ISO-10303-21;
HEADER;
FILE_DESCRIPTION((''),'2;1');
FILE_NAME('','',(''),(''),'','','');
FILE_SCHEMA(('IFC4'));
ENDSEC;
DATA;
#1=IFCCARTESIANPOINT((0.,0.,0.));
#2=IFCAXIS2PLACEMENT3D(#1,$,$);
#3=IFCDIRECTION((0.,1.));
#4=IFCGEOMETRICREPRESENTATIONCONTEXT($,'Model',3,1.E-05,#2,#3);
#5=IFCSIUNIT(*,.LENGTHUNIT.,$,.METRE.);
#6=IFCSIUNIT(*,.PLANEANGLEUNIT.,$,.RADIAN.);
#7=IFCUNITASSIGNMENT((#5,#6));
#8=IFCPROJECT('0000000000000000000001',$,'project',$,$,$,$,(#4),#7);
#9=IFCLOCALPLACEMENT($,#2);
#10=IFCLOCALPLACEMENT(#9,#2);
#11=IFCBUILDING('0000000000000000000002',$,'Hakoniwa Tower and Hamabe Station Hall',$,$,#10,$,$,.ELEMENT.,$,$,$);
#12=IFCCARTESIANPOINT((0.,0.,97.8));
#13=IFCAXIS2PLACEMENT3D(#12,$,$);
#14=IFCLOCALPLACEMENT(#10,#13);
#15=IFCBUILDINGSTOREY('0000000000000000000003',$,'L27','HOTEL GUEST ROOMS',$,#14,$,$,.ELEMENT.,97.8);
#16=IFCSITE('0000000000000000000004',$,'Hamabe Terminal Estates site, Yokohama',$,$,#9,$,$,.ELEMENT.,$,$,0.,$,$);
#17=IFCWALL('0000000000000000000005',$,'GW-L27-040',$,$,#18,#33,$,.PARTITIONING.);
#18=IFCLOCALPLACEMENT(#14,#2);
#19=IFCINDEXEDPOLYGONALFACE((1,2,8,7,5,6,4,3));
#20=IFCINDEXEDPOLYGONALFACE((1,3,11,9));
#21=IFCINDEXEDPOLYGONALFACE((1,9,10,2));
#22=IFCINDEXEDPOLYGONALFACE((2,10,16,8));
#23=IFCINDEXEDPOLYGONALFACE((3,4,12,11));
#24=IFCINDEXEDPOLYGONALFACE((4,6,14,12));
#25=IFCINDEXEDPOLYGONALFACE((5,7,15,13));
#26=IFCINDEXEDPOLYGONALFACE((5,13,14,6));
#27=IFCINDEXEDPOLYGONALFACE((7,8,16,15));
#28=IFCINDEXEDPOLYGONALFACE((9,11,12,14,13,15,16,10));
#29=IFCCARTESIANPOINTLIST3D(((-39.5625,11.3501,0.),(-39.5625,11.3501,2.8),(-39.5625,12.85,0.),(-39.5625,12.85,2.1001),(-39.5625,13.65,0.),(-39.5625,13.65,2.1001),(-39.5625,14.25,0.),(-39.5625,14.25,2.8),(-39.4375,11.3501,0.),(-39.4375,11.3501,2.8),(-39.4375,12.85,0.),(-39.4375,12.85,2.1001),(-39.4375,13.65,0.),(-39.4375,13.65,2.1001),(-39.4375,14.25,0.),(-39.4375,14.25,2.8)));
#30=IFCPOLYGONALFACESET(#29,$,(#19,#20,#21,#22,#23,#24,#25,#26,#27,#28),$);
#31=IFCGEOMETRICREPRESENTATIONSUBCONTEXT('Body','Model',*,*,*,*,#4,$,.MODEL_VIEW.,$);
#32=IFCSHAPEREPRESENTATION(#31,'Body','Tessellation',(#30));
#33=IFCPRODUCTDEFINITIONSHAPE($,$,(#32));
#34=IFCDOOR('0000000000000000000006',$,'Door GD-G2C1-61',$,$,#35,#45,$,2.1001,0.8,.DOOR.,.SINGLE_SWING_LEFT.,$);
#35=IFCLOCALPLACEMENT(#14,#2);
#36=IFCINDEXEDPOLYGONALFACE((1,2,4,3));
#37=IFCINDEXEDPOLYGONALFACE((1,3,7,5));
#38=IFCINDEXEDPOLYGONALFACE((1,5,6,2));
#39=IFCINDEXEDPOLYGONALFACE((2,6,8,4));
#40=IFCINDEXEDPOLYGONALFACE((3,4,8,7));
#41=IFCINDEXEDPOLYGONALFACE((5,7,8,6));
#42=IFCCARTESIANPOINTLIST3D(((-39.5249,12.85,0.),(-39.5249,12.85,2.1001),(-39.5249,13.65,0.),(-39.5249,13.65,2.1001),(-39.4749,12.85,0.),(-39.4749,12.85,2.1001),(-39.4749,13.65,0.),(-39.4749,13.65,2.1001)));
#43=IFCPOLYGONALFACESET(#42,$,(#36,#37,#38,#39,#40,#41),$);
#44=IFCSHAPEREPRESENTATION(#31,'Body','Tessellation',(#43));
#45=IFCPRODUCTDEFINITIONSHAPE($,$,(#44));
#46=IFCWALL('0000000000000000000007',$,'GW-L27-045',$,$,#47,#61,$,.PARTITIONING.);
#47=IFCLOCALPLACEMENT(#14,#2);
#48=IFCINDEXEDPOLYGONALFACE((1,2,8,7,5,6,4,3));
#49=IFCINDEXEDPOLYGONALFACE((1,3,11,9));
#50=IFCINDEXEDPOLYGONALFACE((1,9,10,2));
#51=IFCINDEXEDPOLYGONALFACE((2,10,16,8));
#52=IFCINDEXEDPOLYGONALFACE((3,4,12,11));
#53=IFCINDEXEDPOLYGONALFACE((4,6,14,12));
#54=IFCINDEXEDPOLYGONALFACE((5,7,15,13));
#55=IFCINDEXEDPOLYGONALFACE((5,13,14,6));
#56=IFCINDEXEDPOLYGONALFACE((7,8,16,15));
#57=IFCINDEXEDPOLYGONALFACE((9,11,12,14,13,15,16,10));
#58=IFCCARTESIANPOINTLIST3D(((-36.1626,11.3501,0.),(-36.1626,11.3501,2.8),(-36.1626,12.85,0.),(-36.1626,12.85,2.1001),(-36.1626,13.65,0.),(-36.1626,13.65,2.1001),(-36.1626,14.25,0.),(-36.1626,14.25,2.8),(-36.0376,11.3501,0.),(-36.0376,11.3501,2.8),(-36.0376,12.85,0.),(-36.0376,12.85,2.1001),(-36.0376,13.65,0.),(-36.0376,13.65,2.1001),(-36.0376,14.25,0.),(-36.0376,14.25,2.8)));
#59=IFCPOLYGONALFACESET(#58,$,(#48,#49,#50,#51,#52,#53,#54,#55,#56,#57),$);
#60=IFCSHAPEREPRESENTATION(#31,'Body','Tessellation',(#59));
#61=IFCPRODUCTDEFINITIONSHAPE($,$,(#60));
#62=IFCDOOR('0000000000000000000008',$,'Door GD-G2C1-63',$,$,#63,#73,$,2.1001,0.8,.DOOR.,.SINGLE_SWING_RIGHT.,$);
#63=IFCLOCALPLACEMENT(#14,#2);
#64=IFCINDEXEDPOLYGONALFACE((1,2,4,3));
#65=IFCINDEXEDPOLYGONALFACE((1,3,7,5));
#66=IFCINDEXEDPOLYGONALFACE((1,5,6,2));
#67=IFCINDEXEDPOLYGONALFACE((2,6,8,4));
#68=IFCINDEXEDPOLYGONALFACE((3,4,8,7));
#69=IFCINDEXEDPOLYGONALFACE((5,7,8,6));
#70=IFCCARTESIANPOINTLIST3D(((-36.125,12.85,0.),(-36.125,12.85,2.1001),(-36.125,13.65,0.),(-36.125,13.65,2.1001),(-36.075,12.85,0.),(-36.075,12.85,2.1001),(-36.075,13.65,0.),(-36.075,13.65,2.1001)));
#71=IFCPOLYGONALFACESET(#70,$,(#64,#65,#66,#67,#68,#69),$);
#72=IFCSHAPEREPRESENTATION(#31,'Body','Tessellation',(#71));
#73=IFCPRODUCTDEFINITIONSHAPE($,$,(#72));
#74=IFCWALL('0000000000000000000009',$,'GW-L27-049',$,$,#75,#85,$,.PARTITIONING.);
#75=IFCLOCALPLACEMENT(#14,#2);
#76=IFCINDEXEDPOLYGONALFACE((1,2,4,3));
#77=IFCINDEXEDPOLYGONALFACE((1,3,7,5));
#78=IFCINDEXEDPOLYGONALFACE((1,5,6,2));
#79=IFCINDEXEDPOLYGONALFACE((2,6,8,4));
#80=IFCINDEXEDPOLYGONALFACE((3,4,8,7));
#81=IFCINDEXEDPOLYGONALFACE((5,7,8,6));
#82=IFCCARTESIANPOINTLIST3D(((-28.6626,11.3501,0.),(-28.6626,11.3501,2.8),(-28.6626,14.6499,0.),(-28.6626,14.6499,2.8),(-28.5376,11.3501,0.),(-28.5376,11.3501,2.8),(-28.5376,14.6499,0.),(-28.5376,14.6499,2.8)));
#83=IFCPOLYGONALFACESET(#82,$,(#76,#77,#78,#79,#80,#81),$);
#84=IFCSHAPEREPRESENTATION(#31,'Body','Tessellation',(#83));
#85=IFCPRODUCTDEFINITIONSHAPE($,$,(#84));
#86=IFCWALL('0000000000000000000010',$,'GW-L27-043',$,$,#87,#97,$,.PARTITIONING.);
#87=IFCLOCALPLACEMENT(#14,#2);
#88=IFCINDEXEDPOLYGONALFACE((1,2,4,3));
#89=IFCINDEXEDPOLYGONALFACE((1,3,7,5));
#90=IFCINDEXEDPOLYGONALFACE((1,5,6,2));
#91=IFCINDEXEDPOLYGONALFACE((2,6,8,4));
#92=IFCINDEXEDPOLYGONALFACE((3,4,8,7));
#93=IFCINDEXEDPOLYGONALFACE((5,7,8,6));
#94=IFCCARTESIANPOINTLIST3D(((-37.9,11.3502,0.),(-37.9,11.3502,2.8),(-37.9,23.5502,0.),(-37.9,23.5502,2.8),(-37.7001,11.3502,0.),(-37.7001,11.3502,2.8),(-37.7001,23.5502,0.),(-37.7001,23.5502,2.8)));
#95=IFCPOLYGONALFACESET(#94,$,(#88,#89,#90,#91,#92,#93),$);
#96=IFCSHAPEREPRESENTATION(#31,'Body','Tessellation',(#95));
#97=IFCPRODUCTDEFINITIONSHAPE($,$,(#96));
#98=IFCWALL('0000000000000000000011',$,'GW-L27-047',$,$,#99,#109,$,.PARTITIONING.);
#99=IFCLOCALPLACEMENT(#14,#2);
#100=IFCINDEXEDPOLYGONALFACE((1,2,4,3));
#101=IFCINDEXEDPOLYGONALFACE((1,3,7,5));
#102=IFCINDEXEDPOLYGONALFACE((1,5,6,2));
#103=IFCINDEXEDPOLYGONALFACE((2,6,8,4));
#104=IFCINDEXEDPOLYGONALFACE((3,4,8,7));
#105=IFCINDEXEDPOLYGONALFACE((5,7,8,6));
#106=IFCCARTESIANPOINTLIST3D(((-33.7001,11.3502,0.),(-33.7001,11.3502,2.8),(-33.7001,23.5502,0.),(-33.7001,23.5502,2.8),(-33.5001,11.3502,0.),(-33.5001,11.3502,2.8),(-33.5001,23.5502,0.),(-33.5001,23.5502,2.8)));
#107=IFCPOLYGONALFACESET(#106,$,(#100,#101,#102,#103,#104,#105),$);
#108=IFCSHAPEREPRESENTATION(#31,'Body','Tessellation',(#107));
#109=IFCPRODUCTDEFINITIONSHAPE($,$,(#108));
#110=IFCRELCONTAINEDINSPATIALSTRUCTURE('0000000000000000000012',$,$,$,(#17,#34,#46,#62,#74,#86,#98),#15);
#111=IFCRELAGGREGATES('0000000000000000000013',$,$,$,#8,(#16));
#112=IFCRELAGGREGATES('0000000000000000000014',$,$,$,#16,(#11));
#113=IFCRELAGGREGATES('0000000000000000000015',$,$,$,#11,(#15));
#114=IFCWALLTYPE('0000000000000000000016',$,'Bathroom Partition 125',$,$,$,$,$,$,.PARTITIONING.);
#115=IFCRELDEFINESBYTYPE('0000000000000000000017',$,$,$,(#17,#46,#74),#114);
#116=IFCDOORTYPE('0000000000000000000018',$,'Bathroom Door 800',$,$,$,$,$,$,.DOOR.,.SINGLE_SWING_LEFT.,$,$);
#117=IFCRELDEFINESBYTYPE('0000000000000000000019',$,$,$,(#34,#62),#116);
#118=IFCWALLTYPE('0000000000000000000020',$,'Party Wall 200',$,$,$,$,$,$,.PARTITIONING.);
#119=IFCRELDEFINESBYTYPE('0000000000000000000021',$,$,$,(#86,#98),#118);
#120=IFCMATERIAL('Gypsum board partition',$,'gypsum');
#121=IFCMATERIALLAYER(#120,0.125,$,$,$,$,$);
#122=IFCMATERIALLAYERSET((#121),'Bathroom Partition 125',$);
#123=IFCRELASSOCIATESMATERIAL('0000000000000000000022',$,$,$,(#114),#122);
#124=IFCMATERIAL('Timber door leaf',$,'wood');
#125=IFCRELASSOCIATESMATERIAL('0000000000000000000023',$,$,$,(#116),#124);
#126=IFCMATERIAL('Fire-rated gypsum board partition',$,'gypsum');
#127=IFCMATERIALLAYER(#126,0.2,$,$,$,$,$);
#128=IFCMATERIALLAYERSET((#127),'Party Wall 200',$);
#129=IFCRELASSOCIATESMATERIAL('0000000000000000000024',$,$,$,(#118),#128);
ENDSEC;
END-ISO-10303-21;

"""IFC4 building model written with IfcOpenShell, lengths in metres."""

from ifc_helpers import new_model, si_unit, direction, frame, frame_2d, origin, place, context, subcontext, project, spatial, rectangle, extrude, material, layer, layer_set, type_object, element, fill, save


model = new_model("IFC4")

# Units and contexts
model_context = context("Model", 3, precision=1e-05, world=origin(), true_north=direction((0.0, 1.0)))
body_context = subcontext(model_context, "Body", "Model", "MODEL_VIEW")
ifc_project = project(units=[si_unit("LENGTHUNIT", "METRE"), si_unit("PLANEANGLEUNIT", "RADIAN")], contexts=[model_context])

# Site, building, storey
site_placement = place(None, origin())
site = spatial("IfcSite", under=ifc_project, at=site_placement, Name="Hamabe Terminal Estates site, Yokohama", CompositionType="ELEMENT", RefElevation=0.0)
building_placement = place(site_placement, origin())
building = spatial("IfcBuilding", under=site, at=building_placement, Name="Hakoniwa Tower and Hamabe Station Hall", CompositionType="ELEMENT")
storey_placement = place(building_placement, frame((0.0, 0.0, 97.8)))
storey = spatial("IfcBuildingStorey", under=building, at=storey_placement, Name="L27", Description="HOTEL GUEST ROOMS", CompositionType="ELEMENT", Elevation=97.8)

# Shared definitions
ifc_material_1 = material(Name="Gypsum board partition", Category="gypsum")
ifc_layer_1 = layer(ifc_material_1, 0.125)
ifc_layer_set_1 = layer_set([ifc_layer_1], Name="Bathroom Partition 125")
wall_type_1 = type_object("IfcWallType", Name="Bathroom Partition 125", PredefinedType="PARTITIONING", material=ifc_layer_set_1)

# Walls, openings, doors
ifc_material_2 = material(Name="Timber door leaf", Category="wood")
door_type = type_object("IfcDoorType", Name="Bathroom Door 800", OperationType="SINGLE_SWING_LEFT", PredefinedType="DOOR", material=ifc_material_2)
wall_1_placement = place(storey_placement, frame((-39.5, 11.3501, 0.0), z_axis=(0.0, 0.0, 1.0), x_axis=(0.0, 1.0, 0.0)))
wall_1 = element("IfcWall", 1, at=wall_1_placement, inside=storey, type_object=wall_type_1, Name="GW-L27-040", PredefinedType="PARTITIONING", context=body_context, shape_type="SweptSolid", body=[
    extrude(rectangle(XDim=2.8999, YDim=0.125, at=frame_2d((1.45, 0.0))), origin(), (0.0, 0.0, 1.0), 2.8),
])
opening_1_placement = place(wall_1_placement, frame((1.5, 0.0, 0.0)))
opening_1 = element("IfcOpeningElement", 2, at=opening_1_placement, cuts=wall_1, PredefinedType="OPENING", context=body_context, shape_type="SweptSolid", body=[
    extrude(rectangle(XDim=0.8, YDim=2.1001, at=frame_2d((0.3999, 1.05))), frame((0.0, 0.0725, 0.0), z_axis=(0.0, -1.0, 0.0), x_axis=(1.0, 0.0, 0.0)), (0.0, 0.0, 1.0), 0.145),
])
door_1_placement = place(opening_1_placement, origin())
door_1 = element("IfcDoor", 3, at=door_1_placement, inside=storey, type_object=door_type, Name="Door GD-G2C1-61", OperationType="SINGLE_SWING_LEFT", OverallHeight=2.1001, OverallWidth=0.8, PredefinedType="DOOR", context=body_context, shape_type="SweptSolid", body=[
    extrude(rectangle(XDim=0.8, YDim=2.1001, at=frame_2d((0.3999, 1.05))), frame((0.0, 0.0249, 0.0), z_axis=(0.0, -1.0, 0.0), x_axis=(1.0, 0.0, 0.0)), (0.0, 0.0, 1.0), 0.05),
])
fill(opening_1, door_1)
wall_2_placement = place(storey_placement, frame((-36.1001, 11.3501, 0.0), z_axis=(0.0, 0.0, 1.0), x_axis=(0.0, 1.0, 0.0)))
wall_2 = element("IfcWall", 4, at=wall_2_placement, inside=storey, type_object=wall_type_1, Name="GW-L27-045", PredefinedType="PARTITIONING", context=body_context, shape_type="SweptSolid", body=[
    extrude(rectangle(XDim=2.8999, YDim=0.125, at=frame_2d((1.45, 0.0))), origin(), (0.0, 0.0, 1.0), 2.8),
])
opening_2_placement = place(wall_2_placement, frame((1.5, 0.0, 0.0)))
opening_2 = element("IfcOpeningElement", 5, at=opening_2_placement, cuts=wall_2, PredefinedType="OPENING", context=body_context, shape_type="SweptSolid", body=[
    extrude(rectangle(XDim=0.8, YDim=2.1001, at=frame_2d((0.3999, 1.05))), frame((0.0, 0.0725, 0.0), z_axis=(0.0, -1.0, 0.0), x_axis=(1.0, 0.0, 0.0)), (0.0, 0.0, 1.0), 0.145),
])
door_2_placement = place(opening_2_placement, origin())
door_2 = element("IfcDoor", 6, at=door_2_placement, inside=storey, type_object=door_type, Name="Door GD-G2C1-63", OperationType="SINGLE_SWING_RIGHT", OverallHeight=2.1001, OverallWidth=0.8, PredefinedType="DOOR", context=body_context, shape_type="SweptSolid", body=[
    extrude(rectangle(XDim=0.8, YDim=2.1001, at=frame_2d((0.3999, 1.05))), frame((0.0, 0.0249, 0.0), z_axis=(0.0, -1.0, 0.0), x_axis=(1.0, 0.0, 0.0)), (0.0, 0.0, 1.0), 0.05),
])
fill(opening_2, door_2)

# Walls
wall_3_placement = place(storey_placement, frame((-28.6001, 11.3501, 0.0), z_axis=(0.0, 0.0, 1.0), x_axis=(0.0, 1.0, 0.0)))
element("IfcWall", 7, at=wall_3_placement, inside=storey, type_object=wall_type_1, Name="GW-L27-049", PredefinedType="PARTITIONING", context=body_context, shape_type="SweptSolid", body=[
    extrude(rectangle(XDim=3.2998, YDim=0.125, at=frame_2d((1.6499, 0.0))), origin(), (0.0, 0.0, 1.0), 2.8),
])
ifc_material_3 = material(Name="Fire-rated gypsum board partition", Category="gypsum")
ifc_layer_2 = layer(ifc_material_3, 0.2)
ifc_layer_set_2 = layer_set([ifc_layer_2], Name="Party Wall 200")
wall_type_2 = type_object("IfcWallType", Name="Party Wall 200", PredefinedType="PARTITIONING", material=ifc_layer_set_2)
for number, where, z_axis, x_axis, name in (
    (8, (-37.8, 11.3501, 0.0), (0.0, 0.0, 1.0), (0.0, 1.0, 0.0), "GW-L27-043"),
    (9, (-33.6001, 11.3501, 0.0), (0.0, 0.0, 1.0), (0.0, 1.0, 0.0), "GW-L27-047"),
):
    element("IfcWall", number, at=place(storey_placement, frame(where, z_axis=z_axis, x_axis=x_axis)), inside=storey, type_object=wall_type_2, Name=name, PredefinedType="PARTITIONING", context=body_context, shape_type="SweptSolid", body=[
        extrude(rectangle(XDim=12.2, YDim=0.2, at=frame_2d((6.1001, 0.0))), origin(), (0.0, 0.0, 1.0), 2.8),
    ])

save(model, "model.ifc")
